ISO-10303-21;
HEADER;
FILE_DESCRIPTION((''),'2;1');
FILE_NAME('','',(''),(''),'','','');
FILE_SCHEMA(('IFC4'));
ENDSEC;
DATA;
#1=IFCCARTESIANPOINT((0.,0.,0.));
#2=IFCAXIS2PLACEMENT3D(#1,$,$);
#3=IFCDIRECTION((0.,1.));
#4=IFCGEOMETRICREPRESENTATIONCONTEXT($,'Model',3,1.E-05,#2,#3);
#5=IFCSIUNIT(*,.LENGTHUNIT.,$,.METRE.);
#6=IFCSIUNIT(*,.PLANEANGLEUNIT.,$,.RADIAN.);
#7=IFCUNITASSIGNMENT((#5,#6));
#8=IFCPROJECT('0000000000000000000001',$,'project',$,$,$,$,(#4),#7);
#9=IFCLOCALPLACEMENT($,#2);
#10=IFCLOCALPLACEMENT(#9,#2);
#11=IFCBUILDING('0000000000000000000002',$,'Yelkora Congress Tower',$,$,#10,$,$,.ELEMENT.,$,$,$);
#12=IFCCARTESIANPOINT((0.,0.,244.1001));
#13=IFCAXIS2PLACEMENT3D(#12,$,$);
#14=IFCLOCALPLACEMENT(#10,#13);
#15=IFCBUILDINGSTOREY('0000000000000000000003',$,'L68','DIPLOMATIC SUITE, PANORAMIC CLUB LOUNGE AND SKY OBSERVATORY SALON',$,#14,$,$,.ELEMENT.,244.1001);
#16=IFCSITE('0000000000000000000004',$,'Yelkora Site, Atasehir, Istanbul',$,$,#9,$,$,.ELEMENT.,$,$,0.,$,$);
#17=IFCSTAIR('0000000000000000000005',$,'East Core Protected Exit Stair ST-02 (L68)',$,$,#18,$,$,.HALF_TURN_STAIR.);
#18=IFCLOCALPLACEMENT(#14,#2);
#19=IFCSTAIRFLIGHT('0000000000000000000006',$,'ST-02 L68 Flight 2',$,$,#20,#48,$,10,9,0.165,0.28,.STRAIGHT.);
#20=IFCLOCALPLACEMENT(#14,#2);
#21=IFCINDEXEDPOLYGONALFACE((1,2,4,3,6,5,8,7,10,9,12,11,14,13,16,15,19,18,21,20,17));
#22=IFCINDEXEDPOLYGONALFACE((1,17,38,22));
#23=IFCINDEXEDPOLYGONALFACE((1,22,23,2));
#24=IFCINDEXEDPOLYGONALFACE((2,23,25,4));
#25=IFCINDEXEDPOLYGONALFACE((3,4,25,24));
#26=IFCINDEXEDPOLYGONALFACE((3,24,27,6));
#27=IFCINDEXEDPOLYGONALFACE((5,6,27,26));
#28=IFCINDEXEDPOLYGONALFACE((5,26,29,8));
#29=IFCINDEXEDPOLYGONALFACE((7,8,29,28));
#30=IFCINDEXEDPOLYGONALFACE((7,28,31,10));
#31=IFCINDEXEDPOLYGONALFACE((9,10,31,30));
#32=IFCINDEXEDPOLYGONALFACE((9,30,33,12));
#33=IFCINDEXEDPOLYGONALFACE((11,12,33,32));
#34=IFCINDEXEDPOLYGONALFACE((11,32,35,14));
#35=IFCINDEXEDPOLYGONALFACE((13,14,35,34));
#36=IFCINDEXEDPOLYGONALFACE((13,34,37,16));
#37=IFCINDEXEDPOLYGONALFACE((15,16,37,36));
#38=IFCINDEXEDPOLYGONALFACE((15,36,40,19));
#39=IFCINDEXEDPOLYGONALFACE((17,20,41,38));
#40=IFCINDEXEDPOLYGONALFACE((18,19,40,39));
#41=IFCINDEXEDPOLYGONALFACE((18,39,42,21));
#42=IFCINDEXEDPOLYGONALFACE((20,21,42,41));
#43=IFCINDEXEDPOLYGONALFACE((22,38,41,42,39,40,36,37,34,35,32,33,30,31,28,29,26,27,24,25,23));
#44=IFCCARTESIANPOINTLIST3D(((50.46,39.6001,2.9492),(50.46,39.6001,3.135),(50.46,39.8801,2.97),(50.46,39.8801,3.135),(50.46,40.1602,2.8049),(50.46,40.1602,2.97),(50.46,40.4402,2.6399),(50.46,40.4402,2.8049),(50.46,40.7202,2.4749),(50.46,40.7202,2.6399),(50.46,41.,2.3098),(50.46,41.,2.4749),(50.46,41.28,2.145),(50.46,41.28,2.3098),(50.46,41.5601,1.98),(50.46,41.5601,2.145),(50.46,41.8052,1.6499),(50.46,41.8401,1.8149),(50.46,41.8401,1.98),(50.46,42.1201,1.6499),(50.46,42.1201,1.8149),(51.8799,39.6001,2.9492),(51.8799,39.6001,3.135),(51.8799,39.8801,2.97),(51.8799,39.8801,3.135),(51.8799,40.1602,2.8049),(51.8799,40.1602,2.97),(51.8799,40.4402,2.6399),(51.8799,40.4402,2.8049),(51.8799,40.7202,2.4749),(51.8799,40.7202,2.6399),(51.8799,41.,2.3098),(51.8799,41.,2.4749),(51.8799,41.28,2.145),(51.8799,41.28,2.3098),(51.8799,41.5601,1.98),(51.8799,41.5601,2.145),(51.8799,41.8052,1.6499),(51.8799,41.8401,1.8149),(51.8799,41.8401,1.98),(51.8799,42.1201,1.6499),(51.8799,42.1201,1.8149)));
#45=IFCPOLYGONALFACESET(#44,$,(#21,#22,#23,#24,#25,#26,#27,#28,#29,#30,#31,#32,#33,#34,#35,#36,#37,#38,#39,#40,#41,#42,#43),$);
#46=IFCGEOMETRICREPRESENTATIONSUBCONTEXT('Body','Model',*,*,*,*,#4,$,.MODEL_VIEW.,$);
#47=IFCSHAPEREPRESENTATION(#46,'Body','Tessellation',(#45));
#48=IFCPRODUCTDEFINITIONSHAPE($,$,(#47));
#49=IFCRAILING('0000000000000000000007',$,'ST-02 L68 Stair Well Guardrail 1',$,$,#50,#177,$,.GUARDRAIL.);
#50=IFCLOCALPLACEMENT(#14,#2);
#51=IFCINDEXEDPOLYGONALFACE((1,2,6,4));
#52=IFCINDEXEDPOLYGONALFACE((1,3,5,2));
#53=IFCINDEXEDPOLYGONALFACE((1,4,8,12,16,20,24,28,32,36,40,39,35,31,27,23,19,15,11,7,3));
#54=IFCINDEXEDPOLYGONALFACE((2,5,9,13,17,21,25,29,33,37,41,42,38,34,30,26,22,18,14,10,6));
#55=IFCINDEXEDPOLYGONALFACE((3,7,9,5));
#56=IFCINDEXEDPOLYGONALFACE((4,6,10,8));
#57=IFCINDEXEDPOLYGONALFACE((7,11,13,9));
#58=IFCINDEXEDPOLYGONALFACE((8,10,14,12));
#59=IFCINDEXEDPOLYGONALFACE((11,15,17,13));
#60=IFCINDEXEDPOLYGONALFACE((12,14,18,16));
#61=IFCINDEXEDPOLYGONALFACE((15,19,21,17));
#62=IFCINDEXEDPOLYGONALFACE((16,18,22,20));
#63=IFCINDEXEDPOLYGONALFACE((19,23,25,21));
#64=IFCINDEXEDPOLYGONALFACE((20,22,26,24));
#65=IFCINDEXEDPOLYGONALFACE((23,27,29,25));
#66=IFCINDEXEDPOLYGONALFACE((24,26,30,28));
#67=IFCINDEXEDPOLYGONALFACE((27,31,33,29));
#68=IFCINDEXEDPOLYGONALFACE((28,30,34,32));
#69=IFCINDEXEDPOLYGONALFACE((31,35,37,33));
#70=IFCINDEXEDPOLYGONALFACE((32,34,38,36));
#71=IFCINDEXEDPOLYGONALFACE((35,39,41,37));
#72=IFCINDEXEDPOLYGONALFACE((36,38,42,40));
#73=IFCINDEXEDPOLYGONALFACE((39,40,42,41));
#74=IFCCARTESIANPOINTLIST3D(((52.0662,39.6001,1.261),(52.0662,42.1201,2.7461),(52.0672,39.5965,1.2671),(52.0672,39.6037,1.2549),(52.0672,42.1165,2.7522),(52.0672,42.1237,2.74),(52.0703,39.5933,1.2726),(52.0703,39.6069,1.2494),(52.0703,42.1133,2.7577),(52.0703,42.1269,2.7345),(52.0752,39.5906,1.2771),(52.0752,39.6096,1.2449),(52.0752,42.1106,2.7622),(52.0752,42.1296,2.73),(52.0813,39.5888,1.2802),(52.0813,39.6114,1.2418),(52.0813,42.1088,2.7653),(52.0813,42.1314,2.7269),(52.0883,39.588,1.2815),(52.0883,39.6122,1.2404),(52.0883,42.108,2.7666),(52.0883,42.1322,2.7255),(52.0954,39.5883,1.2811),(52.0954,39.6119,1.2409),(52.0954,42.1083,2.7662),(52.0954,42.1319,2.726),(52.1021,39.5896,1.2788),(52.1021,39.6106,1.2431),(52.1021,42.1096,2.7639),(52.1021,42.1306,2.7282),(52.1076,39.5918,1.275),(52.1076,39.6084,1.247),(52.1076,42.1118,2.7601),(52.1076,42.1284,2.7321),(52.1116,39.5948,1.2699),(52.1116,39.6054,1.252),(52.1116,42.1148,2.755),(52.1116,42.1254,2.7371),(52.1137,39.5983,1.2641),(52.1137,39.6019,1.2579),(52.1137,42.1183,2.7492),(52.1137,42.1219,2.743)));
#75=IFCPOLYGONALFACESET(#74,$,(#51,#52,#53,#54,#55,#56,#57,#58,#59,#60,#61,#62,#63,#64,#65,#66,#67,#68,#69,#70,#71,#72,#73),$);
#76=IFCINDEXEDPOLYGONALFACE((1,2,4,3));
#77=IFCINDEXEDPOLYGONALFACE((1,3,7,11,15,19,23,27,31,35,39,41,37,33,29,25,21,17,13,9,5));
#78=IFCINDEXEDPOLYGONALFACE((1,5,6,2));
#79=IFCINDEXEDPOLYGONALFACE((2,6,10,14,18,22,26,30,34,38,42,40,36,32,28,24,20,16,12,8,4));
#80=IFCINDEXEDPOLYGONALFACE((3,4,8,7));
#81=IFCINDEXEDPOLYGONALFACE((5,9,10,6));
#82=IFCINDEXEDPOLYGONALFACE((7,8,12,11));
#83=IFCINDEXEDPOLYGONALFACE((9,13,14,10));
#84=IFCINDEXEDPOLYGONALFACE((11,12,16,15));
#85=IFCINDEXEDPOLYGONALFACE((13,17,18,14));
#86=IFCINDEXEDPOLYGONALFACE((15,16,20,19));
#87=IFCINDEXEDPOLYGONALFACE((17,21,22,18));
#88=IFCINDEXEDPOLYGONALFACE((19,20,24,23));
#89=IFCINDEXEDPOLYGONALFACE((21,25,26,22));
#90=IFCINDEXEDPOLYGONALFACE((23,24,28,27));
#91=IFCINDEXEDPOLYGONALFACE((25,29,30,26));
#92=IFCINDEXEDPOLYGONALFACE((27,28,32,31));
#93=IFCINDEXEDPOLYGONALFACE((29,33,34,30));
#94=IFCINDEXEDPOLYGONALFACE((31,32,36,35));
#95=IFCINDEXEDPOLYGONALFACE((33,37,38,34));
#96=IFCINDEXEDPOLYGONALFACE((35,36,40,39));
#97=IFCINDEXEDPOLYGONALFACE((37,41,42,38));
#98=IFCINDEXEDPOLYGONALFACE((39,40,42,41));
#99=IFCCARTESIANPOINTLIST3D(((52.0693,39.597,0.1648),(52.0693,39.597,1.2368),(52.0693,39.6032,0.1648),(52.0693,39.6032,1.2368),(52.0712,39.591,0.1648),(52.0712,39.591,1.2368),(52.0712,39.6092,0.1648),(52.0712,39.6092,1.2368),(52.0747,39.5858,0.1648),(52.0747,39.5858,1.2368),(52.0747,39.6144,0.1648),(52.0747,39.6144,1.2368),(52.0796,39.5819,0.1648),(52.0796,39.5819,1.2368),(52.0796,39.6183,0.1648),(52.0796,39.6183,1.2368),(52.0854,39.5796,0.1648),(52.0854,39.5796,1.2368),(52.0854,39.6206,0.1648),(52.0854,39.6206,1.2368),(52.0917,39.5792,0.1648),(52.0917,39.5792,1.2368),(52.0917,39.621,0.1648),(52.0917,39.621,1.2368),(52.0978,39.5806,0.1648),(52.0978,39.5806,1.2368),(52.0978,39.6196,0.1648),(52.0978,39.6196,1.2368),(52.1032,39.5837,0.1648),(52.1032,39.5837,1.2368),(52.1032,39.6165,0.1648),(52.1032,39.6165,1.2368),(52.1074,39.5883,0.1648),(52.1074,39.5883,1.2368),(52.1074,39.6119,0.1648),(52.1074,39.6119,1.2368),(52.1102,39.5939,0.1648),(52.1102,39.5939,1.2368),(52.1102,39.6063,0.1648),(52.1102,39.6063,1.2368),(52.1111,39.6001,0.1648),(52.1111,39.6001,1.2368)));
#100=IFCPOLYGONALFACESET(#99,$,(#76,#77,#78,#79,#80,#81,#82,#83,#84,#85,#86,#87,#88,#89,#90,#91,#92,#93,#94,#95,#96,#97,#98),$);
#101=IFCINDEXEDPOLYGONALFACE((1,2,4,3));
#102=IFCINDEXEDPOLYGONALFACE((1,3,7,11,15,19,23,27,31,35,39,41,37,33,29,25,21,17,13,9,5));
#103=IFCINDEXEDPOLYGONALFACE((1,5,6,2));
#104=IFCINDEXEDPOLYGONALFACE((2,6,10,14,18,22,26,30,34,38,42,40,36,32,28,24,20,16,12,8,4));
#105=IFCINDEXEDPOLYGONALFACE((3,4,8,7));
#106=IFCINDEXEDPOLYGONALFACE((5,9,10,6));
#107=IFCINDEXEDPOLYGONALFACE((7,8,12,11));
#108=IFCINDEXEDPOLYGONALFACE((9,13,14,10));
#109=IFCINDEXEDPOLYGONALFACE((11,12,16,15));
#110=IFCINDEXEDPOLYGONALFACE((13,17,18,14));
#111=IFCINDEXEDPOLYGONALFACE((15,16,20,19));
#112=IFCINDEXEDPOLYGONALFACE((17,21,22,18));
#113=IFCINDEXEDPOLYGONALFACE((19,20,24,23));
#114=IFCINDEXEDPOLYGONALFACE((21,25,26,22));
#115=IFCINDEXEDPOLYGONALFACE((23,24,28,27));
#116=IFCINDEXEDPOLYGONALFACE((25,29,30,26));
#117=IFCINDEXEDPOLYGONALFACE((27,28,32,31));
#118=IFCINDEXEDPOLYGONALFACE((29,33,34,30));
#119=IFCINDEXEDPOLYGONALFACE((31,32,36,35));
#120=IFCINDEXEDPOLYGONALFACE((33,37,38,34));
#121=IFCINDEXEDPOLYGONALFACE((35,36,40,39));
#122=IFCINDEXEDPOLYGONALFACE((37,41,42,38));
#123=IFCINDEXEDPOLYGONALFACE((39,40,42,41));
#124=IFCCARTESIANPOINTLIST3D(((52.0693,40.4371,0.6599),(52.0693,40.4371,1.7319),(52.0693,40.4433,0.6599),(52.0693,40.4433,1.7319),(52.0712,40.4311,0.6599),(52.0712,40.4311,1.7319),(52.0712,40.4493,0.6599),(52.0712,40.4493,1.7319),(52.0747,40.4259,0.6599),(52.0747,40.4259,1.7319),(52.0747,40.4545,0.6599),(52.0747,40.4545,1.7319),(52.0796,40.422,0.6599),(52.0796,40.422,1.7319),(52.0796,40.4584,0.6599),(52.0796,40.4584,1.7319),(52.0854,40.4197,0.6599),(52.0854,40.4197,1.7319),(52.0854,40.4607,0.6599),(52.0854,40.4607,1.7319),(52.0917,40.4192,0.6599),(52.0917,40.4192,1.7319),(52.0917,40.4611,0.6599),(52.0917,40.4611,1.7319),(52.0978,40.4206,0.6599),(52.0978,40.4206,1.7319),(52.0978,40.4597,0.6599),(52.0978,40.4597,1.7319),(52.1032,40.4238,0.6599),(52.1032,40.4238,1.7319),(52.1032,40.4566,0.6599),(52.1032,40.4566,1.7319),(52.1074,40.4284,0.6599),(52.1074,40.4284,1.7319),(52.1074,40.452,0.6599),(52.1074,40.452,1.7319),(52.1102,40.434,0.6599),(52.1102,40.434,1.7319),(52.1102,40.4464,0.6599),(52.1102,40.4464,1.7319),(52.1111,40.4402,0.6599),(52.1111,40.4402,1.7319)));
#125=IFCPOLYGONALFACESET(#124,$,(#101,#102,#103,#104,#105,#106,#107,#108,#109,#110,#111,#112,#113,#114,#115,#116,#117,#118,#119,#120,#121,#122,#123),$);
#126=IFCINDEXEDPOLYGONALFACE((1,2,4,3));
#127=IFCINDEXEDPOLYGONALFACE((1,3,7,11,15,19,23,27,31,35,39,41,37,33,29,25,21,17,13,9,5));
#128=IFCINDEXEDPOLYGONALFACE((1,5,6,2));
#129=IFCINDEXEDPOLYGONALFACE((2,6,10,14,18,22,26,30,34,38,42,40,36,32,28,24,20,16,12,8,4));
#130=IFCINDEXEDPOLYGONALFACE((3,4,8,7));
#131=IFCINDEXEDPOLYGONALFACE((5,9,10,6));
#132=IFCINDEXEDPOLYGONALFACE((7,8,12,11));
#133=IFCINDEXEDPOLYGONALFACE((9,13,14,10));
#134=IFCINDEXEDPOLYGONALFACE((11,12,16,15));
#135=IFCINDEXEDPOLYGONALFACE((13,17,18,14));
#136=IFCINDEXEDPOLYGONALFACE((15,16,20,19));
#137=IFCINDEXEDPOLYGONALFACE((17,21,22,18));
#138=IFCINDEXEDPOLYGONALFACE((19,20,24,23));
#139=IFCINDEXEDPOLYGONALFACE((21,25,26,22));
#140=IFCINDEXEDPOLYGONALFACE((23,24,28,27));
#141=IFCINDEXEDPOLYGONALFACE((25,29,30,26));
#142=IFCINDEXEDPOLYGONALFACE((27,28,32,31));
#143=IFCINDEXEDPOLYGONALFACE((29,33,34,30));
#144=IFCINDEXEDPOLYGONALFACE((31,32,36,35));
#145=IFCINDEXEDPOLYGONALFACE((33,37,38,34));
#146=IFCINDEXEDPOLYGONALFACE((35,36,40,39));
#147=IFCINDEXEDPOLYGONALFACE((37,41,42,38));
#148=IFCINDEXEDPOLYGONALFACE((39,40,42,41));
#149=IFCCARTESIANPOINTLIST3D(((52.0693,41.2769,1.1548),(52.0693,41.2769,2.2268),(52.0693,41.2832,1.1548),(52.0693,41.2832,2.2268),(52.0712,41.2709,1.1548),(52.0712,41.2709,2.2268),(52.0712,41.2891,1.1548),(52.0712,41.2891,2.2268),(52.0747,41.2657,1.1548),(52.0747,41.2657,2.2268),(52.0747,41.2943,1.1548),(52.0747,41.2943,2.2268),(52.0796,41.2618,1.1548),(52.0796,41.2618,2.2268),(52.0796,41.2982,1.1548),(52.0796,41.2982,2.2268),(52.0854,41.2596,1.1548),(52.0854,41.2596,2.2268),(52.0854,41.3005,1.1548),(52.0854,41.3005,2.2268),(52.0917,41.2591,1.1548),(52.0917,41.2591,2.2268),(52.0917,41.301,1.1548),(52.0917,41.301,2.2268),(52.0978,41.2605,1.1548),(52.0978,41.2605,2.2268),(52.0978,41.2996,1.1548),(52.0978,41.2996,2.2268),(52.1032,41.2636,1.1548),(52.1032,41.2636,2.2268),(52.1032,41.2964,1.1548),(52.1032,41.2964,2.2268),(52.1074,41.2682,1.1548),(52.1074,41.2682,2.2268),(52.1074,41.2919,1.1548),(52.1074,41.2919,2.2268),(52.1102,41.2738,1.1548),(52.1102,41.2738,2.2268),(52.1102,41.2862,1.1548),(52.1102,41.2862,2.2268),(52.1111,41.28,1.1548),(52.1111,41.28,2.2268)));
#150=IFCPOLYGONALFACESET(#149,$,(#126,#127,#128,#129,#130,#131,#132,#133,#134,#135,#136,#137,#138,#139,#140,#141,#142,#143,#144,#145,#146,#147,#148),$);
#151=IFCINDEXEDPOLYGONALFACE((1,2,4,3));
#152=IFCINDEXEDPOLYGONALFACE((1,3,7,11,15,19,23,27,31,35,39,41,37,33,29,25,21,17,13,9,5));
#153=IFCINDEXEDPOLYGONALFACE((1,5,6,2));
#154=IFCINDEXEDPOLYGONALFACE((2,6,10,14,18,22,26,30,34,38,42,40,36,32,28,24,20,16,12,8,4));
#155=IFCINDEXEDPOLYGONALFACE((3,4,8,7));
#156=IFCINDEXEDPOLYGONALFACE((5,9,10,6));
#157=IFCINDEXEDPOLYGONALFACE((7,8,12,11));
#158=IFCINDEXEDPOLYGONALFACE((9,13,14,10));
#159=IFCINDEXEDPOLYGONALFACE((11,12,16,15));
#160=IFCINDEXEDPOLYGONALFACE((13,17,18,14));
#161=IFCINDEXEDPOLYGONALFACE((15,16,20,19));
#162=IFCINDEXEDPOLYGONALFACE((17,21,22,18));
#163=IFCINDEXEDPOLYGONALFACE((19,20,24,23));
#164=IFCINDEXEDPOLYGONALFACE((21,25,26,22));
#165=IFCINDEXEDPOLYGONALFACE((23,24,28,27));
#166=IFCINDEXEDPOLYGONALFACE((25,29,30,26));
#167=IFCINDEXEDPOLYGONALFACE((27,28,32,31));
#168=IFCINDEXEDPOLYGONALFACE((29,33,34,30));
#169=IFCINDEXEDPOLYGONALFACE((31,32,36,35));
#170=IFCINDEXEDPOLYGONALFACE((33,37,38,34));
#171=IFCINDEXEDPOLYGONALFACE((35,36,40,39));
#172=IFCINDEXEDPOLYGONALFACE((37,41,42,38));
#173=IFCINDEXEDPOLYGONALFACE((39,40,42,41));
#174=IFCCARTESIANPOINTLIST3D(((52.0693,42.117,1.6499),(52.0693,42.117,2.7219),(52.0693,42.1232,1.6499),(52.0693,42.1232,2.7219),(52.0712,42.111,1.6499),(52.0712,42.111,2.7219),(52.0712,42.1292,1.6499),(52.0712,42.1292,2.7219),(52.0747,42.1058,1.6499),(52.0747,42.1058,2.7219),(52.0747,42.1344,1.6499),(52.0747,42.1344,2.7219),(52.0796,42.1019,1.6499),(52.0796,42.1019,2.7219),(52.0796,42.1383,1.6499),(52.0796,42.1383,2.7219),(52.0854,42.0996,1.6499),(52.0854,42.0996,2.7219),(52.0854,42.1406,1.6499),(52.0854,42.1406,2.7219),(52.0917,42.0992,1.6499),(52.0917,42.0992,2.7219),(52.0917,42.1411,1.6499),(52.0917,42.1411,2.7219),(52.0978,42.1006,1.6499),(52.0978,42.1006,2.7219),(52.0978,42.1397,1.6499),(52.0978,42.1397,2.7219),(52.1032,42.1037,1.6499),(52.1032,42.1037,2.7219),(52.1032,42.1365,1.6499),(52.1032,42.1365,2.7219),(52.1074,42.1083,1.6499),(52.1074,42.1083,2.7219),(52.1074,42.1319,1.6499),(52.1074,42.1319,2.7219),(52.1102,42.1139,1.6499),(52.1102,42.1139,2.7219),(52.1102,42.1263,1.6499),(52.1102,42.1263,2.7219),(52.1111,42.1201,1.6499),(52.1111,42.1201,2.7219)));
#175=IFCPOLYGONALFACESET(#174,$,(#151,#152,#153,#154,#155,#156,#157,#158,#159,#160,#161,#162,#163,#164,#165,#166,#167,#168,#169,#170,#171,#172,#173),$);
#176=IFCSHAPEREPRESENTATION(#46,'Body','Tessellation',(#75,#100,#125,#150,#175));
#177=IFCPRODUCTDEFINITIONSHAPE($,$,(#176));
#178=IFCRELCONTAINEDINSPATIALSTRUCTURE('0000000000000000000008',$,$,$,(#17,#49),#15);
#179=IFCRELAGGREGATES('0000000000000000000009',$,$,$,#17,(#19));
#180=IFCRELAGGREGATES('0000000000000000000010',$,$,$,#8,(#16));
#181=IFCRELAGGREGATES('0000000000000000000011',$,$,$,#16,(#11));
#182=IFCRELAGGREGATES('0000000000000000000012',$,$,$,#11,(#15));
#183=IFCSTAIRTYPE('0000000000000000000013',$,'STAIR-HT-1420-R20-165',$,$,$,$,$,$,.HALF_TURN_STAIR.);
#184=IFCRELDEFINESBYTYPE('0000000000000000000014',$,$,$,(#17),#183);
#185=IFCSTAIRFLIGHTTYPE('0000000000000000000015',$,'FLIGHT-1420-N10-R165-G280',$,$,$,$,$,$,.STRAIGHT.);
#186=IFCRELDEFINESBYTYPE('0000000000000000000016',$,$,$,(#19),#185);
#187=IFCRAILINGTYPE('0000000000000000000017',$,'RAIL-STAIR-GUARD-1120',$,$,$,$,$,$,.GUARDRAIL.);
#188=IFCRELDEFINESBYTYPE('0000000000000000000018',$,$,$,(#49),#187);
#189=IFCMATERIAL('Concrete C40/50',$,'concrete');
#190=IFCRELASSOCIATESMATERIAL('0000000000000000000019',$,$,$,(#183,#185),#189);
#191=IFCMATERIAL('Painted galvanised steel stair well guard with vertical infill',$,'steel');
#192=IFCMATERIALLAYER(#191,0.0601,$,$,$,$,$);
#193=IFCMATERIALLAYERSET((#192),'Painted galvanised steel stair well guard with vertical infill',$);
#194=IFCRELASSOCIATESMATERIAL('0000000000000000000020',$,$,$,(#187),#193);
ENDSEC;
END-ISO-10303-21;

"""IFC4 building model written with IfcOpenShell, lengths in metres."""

from ifc_helpers import new_model, si_unit, direction, frame, origin, origin_2d, place, context, subcontext, project, spatial, polyline, circle, outline, extrude, material, layer, layer_set, type_object, element, aggregate, save


model = new_model("IFC4")

# Units and contexts
model_context = context("Model", 3, precision=1e-05, world=origin(), true_north=direction((0.0, 1.0)))
body_context = subcontext(model_context, "Body", "Model", "MODEL_VIEW")
ifc_project = project(units=[si_unit("LENGTHUNIT", "METRE"), si_unit("PLANEANGLEUNIT", "RADIAN")], contexts=[model_context])

# Site, building, storey
site_placement = place(None, origin())
site = spatial("IfcSite", under=ifc_project, at=site_placement, Name="Yelkora Site, Atasehir, Istanbul", CompositionType="ELEMENT", RefElevation=0.0)
building_placement = place(site_placement, origin())
building = spatial("IfcBuilding", under=site, at=building_placement, Name="Yelkora Congress Tower", CompositionType="ELEMENT")
storey_placement = place(building_placement, frame((0.0, 0.0, 244.1001)))
storey = spatial("IfcBuildingStorey", under=building, at=storey_placement, Name="L68", Description="DIPLOMATIC SUITE, PANORAMIC CLUB LOUNGE AND SKY OBSERVATORY SALON", CompositionType="ELEMENT", Elevation=244.1001)

# Stair, stair flight
ifc_material_1 = material(Name="Concrete C40/50", Category="concrete")
stair_type = type_object("IfcStairType", Name="STAIR-HT-1420-R20-165", PredefinedType="HALF_TURN_STAIR", material=ifc_material_1)
stair_placement = place(storey_placement, origin())
stair = element("IfcStair", 1, at=stair_placement, inside=storey, type_object=stair_type, Name="East Core Protected Exit Stair ST-02 (L68)", PredefinedType="HALF_TURN_STAIR")
stair_flight_type = type_object("IfcStairFlightType", Name="FLIGHT-1420-N10-R165-G280", PredefinedType="STRAIGHT", material=ifc_material_1)
stair_flight_placement = place(storey_placement, frame((51.1699, 42.1201, 1.6499), z_axis=(0.0, 0.0, 1.0), x_axis=(0.0, -1.0, 0.0)))
stair_flight = element("IfcStairFlight", 2, at=stair_flight_placement, type_object=stair_flight_type, Name="ST-02 L68 Flight 2", NumberOfRisers=10, NumberOfTreads=9, PredefinedType="STRAIGHT", RiserHeight=0.165, TreadLength=0.28, context=body_context, shape_type="SweptSolid", body=[
    extrude(outline(polyline([(0.0, 0.0), (0.0, 0.165), (0.28, 0.165), (0.28, 0.3301), (0.5601, 0.3301), (0.5601, 0.4951), (0.8401, 0.4951), (0.8401, 0.6599), (1.1201, 0.6599), (1.1201, 0.825), (1.3999, 0.825), (1.3999, 0.99), (1.6799, 0.99), (1.6799, 1.155), (1.96, 1.155), (1.96, 1.3201), (2.24, 1.3201), (2.24, 1.4851), (2.52, 1.4851), (2.52, 1.6499), (2.52, 1.2993), (0.3149, 0.0), (0.0, 0.0)])), frame((0.0, 0.71, 0.0), z_axis=(0.0, -1.0, 0.0), x_axis=(1.0, 0.0, 0.0)), (0.0, 0.0, 1.0), 1.4199),
])
aggregate(stair, [stair_flight])

# Railing
ifc_material_2 = material(Name="Painted galvanised steel stair well guard with vertical infill", Category="steel")
ifc_layer_1 = layer(ifc_material_2, 0.0601)
ifc_layer_set_1 = layer_set([ifc_layer_1], Name="Painted galvanised steel stair well guard with vertical infill")
railing_type_1 = type_object("IfcRailingType", Name="RAIL-STAIR-GUARD-1120", PredefinedType="GUARDRAIL", material=ifc_layer_set_1)
railing_1_placement = place(storey_placement, frame((52.0901, 39.6001, 0.1648)))
element("IfcRailing", 3, at=railing_1_placement, inside=storey, type_object=railing_type_1, Name="ST-02 L68 Stair Well Guardrail 1", PredefinedType="GUARDRAIL", context=body_context, shape_type="SweptSolid", body=[
    extrude(circle(Radius=0.0239, at=origin_2d()), frame((0.0, 0.0, 1.0962), z_axis=(0.0, 0.861524, 0.507717), x_axis=(-1.0, 0.0, 0.0)), (0.0, 0.0, 1.0), 2.925),
    extrude(circle(Radius=0.021, at=origin_2d()), origin(), (0.0, 0.0, 1.0), 1.072),
    extrude(circle(Radius=0.021, at=origin_2d()), frame((0.0, 0.8401, 0.4951)), (0.0, 0.0, 1.0), 1.072),
    extrude(circle(Radius=0.021, at=origin_2d()), frame((0.0, 1.6799, 0.99)), (0.0, 0.0, 1.0), 1.072),
    extrude(circle(Radius=0.021, at=origin_2d()), frame((0.0, 2.52, 1.4851)), (0.0, 0.0, 1.0), 1.072),
])

save(model, "model.ifc")
